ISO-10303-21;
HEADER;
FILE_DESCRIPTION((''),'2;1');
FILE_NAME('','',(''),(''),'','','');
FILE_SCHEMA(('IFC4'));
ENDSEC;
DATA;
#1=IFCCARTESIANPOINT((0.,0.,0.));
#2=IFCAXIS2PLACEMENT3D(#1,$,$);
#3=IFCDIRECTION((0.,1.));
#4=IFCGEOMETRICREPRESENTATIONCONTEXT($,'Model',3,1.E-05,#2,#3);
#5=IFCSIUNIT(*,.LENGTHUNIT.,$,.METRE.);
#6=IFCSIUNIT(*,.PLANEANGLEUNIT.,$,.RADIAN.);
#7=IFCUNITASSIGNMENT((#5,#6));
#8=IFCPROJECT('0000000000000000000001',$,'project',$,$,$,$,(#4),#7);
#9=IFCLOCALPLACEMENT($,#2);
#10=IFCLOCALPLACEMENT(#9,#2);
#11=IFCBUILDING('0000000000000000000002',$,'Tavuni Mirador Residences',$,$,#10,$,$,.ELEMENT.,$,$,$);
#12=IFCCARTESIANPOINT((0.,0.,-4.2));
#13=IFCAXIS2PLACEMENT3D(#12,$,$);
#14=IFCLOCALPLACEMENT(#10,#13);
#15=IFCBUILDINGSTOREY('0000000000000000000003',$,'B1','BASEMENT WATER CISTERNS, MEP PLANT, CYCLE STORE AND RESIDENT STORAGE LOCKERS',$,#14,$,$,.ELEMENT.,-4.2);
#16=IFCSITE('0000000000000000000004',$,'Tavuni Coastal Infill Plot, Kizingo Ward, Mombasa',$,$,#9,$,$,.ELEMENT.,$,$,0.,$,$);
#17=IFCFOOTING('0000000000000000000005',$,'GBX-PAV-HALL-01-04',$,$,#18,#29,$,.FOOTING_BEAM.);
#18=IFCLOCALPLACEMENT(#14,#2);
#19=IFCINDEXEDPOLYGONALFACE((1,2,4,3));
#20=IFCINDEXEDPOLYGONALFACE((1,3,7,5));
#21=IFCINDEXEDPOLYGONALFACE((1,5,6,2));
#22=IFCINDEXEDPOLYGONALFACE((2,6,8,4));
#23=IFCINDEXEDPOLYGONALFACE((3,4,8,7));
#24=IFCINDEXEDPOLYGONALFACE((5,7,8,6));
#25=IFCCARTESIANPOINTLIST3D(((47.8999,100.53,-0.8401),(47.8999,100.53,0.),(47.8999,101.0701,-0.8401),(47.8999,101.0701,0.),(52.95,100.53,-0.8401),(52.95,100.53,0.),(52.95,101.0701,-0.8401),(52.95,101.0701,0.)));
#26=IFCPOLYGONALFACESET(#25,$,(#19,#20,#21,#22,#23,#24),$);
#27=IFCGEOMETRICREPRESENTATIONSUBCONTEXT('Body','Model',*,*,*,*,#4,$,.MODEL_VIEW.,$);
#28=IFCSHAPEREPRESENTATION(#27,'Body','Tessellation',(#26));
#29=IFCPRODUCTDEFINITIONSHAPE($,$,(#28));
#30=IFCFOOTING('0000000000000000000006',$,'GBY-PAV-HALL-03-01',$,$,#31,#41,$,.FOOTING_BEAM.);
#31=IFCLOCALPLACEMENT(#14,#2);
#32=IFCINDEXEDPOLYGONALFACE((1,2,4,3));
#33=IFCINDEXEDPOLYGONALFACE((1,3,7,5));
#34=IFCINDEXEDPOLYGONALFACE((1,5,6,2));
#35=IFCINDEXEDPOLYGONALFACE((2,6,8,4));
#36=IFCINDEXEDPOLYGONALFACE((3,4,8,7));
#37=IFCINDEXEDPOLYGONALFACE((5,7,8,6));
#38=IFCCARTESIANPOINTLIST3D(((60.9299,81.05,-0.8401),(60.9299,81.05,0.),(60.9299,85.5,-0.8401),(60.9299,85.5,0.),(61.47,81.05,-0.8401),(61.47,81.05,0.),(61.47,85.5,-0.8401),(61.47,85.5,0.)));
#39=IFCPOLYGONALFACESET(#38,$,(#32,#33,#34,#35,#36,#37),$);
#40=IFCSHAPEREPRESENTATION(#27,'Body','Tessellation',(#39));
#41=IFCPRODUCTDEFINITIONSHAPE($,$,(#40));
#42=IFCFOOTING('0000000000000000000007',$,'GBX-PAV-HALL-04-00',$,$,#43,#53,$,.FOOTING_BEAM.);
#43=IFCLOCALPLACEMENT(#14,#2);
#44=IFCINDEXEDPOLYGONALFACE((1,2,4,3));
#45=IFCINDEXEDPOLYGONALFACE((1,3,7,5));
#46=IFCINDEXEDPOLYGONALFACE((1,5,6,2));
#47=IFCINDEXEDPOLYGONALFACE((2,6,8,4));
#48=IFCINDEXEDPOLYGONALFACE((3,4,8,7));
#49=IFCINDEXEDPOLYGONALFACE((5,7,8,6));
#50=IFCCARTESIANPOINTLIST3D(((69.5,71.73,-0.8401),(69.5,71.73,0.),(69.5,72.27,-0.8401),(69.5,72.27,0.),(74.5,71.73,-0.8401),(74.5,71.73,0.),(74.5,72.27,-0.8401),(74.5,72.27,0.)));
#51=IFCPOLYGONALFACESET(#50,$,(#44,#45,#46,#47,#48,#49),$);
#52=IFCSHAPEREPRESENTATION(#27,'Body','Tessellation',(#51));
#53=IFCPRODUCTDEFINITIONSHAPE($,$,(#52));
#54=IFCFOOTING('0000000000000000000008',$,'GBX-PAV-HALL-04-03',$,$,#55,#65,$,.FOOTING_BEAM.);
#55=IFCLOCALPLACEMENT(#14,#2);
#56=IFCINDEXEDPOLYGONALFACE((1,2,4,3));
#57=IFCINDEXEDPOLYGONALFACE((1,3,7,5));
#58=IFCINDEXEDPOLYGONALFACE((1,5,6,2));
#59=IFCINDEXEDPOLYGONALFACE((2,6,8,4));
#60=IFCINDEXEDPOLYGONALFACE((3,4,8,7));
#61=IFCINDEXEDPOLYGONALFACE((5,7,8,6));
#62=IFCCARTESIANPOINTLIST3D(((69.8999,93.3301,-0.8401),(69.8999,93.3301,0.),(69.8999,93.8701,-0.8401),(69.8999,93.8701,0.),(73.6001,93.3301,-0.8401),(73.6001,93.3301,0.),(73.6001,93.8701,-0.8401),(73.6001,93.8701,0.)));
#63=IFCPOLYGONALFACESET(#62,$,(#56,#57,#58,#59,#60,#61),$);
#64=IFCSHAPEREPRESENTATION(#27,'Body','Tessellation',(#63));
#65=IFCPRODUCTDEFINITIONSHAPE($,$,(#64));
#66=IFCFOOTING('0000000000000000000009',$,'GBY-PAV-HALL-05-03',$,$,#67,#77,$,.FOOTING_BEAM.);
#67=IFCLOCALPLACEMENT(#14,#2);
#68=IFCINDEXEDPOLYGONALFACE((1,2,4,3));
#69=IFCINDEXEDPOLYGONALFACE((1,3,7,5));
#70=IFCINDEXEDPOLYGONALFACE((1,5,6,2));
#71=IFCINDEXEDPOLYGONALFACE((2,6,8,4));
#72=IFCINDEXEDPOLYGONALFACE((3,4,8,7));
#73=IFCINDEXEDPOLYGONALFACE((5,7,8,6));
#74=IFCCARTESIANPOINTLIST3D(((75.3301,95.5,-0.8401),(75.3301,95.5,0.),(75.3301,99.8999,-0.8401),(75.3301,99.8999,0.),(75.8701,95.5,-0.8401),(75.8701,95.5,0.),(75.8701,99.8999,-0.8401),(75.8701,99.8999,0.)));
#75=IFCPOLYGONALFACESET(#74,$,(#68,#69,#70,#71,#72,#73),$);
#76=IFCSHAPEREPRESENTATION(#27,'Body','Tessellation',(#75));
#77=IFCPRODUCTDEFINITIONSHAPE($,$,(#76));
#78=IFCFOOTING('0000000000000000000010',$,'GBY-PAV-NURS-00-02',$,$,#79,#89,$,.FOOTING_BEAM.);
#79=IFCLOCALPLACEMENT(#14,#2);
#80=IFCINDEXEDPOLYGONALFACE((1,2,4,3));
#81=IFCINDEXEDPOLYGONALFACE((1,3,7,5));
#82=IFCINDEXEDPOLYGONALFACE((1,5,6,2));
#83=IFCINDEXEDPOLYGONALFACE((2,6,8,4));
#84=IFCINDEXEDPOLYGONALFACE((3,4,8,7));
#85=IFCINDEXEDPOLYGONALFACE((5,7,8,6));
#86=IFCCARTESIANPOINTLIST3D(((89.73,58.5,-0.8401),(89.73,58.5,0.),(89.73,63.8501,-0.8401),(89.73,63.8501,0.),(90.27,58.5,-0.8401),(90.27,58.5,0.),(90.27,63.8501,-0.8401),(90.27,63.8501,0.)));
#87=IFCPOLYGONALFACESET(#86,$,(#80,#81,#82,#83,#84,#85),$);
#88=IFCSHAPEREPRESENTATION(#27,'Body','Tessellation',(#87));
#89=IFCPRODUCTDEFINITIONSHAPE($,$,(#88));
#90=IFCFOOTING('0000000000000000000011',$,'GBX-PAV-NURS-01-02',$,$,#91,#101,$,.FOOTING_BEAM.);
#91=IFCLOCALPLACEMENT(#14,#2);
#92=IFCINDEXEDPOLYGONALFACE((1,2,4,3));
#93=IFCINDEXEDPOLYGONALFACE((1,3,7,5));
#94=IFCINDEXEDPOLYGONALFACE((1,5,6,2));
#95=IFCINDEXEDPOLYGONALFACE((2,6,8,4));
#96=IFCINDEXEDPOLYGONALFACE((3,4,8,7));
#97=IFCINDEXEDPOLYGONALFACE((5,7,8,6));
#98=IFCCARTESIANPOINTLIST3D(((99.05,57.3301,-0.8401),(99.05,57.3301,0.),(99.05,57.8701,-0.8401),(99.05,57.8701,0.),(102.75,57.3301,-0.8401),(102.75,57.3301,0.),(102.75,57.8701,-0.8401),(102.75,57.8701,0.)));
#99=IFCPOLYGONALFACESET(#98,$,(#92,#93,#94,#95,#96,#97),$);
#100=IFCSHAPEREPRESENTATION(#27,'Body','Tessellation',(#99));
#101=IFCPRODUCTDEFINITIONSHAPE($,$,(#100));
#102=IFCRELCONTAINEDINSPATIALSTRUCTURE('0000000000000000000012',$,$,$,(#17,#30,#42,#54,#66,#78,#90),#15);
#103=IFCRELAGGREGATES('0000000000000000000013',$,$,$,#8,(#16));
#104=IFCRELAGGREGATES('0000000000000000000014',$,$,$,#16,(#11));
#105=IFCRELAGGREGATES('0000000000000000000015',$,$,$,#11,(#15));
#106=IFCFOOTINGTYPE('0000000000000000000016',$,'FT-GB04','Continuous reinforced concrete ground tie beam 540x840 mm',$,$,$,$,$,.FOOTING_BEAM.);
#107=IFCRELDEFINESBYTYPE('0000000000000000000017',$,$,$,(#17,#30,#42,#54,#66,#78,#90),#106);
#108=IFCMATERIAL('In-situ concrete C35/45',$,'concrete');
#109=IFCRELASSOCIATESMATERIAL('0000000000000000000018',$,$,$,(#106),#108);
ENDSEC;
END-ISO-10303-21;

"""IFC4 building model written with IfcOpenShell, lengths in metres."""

from ifc_helpers import new_model, si_unit, direction, frame, origin, place, context, subcontext, project, spatial, polyline, outline, extrude, material, type_object, element, save


model = new_model("IFC4")

# Units and contexts
model_context = context("Model", 3, precision=1e-05, world=origin(), true_north=direction((0.0, 1.0)))
body_context = subcontext(model_context, "Body", "Model", "MODEL_VIEW")
ifc_project = project(units=[si_unit("LENGTHUNIT", "METRE"), si_unit("PLANEANGLEUNIT", "RADIAN")], contexts=[model_context])

# Site, building, storey
site_placement = place(None, origin())
site = spatial("IfcSite", under=ifc_project, at=site_placement, Name="Tavuni Coastal Infill Plot, Kizingo Ward, Mombasa", CompositionType="ELEMENT", RefElevation=0.0)
building_placement = place(site_placement, origin())
building = spatial("IfcBuilding", under=site, at=building_placement, Name="Tavuni Mirador Residences", CompositionType="ELEMENT")
storey_placement = place(building_placement, frame((0.0, 0.0, -4.2)))
storey = spatial("IfcBuildingStorey", under=building, at=storey_placement, Name="B1", Description="BASEMENT WATER CISTERNS, MEP PLANT, CYCLE STORE AND RESIDENT STORAGE LOCKERS", CompositionType="ELEMENT", Elevation=-4.2)

# Footings
ifc_material = material(Name="In-situ concrete C35/45", Category="concrete")
footing_type_1 = type_object("IfcFootingType", Name="FT-GB04", Description="Continuous reinforced concrete ground tie beam 540x840 mm", PredefinedType="FOOTING_BEAM", material=ifc_material)
footing_1_placement = place(storey_placement, frame((0.0, 0.0, -0.8401)))
element("IfcFooting", 1, at=footing_1_placement, inside=storey, type_object=footing_type_1, Name="GBX-PAV-HALL-01-04", PredefinedType="FOOTING_BEAM", context=body_context, shape_type="SweptSolid", body=[
    extrude(outline(polyline([(47.8999, 100.53), (52.95, 100.53), (52.95, 101.0701), (47.8999, 101.0701), (47.8999, 100.53)])), origin(), (0.0, 0.0, 1.0), 0.8401),
])
footing_2_placement = place(storey_placement, frame((0.0, 0.0, -0.8401)))
element("IfcFooting", 2, at=footing_2_placement, inside=storey, type_object=footing_type_1, Name="GBY-PAV-HALL-03-01", PredefinedType="FOOTING_BEAM", context=body_context, shape_type="SweptSolid", body=[
    extrude(outline(polyline([(60.9299, 81.05), (61.47, 81.05), (61.47, 85.5), (60.9299, 85.5), (60.9299, 81.05)])), origin(), (0.0, 0.0, 1.0), 0.8401),
])
footing_3_placement = place(storey_placement, frame((0.0, 0.0, -0.8401)))
element("IfcFooting", 3, at=footing_3_placement, inside=storey, type_object=footing_type_1, Name="GBX-PAV-HALL-04-00", PredefinedType="FOOTING_BEAM", context=body_context, shape_type="SweptSolid", body=[
    extrude(outline(polyline([(69.5, 71.73), (74.5, 71.73), (74.5, 72.27), (69.5, 72.27), (69.5, 71.73)])), origin(), (0.0, 0.0, 1.0), 0.8401),
])
footing_4_placement = place(storey_placement, frame((0.0, 0.0, -0.8401)))
element("IfcFooting", 4, at=footing_4_placement, inside=storey, type_object=footing_type_1, Name="GBX-PAV-HALL-04-03", PredefinedType="FOOTING_BEAM", context=body_context, shape_type="SweptSolid", body=[
    extrude(outline(polyline([(69.8999, 93.3301), (73.6001, 93.3301), (73.6001, 93.8701), (69.8999, 93.8701), (69.8999, 93.3301)])), origin(), (0.0, 0.0, 1.0), 0.8401),
])
footing_5_placement = place(storey_placement, frame((0.0, 0.0, -0.8401)))
element("IfcFooting", 5, at=footing_5_placement, inside=storey, type_object=footing_type_1, Name="GBY-PAV-HALL-05-03", PredefinedType="FOOTING_BEAM", context=body_context, shape_type="SweptSolid", body=[
    extrude(outline(polyline([(75.3301, 95.5), (75.8701, 95.5), (75.8701, 99.8999), (75.3301, 99.8999), (75.3301, 95.5)])), origin(), (0.0, 0.0, 1.0), 0.8401),
])
footing_6_placement = place(storey_placement, frame((0.0, 0.0, -0.8401)))
element("IfcFooting", 6, at=footing_6_placement, inside=storey, type_object=footing_type_1, Name="GBY-PAV-NURS-00-02", PredefinedType="FOOTING_BEAM", context=body_context, shape_type="SweptSolid", body=[
    extrude(outline(polyline([(89.73, 58.5), (90.27, 58.5), (90.27, 63.8501), (89.73, 63.8501), (89.73, 58.5)])), origin(), (0.0, 0.0, 1.0), 0.8401),
])
footing_7_placement = place(storey_placement, frame((0.0, 0.0, -0.8401)))
element("IfcFooting", 7, at=footing_7_placement, inside=storey, type_object=footing_type_1, Name="GBX-PAV-NURS-01-02", PredefinedType="FOOTING_BEAM", context=body_context, shape_type="SweptSolid", body=[
    extrude(outline(polyline([(99.05, 57.3301), (102.75, 57.3301), (102.75, 57.8701), (99.05, 57.8701), (99.05, 57.3301)])), origin(), (0.0, 0.0, 1.0), 0.8401),
])

save(model, "model.ifc")
